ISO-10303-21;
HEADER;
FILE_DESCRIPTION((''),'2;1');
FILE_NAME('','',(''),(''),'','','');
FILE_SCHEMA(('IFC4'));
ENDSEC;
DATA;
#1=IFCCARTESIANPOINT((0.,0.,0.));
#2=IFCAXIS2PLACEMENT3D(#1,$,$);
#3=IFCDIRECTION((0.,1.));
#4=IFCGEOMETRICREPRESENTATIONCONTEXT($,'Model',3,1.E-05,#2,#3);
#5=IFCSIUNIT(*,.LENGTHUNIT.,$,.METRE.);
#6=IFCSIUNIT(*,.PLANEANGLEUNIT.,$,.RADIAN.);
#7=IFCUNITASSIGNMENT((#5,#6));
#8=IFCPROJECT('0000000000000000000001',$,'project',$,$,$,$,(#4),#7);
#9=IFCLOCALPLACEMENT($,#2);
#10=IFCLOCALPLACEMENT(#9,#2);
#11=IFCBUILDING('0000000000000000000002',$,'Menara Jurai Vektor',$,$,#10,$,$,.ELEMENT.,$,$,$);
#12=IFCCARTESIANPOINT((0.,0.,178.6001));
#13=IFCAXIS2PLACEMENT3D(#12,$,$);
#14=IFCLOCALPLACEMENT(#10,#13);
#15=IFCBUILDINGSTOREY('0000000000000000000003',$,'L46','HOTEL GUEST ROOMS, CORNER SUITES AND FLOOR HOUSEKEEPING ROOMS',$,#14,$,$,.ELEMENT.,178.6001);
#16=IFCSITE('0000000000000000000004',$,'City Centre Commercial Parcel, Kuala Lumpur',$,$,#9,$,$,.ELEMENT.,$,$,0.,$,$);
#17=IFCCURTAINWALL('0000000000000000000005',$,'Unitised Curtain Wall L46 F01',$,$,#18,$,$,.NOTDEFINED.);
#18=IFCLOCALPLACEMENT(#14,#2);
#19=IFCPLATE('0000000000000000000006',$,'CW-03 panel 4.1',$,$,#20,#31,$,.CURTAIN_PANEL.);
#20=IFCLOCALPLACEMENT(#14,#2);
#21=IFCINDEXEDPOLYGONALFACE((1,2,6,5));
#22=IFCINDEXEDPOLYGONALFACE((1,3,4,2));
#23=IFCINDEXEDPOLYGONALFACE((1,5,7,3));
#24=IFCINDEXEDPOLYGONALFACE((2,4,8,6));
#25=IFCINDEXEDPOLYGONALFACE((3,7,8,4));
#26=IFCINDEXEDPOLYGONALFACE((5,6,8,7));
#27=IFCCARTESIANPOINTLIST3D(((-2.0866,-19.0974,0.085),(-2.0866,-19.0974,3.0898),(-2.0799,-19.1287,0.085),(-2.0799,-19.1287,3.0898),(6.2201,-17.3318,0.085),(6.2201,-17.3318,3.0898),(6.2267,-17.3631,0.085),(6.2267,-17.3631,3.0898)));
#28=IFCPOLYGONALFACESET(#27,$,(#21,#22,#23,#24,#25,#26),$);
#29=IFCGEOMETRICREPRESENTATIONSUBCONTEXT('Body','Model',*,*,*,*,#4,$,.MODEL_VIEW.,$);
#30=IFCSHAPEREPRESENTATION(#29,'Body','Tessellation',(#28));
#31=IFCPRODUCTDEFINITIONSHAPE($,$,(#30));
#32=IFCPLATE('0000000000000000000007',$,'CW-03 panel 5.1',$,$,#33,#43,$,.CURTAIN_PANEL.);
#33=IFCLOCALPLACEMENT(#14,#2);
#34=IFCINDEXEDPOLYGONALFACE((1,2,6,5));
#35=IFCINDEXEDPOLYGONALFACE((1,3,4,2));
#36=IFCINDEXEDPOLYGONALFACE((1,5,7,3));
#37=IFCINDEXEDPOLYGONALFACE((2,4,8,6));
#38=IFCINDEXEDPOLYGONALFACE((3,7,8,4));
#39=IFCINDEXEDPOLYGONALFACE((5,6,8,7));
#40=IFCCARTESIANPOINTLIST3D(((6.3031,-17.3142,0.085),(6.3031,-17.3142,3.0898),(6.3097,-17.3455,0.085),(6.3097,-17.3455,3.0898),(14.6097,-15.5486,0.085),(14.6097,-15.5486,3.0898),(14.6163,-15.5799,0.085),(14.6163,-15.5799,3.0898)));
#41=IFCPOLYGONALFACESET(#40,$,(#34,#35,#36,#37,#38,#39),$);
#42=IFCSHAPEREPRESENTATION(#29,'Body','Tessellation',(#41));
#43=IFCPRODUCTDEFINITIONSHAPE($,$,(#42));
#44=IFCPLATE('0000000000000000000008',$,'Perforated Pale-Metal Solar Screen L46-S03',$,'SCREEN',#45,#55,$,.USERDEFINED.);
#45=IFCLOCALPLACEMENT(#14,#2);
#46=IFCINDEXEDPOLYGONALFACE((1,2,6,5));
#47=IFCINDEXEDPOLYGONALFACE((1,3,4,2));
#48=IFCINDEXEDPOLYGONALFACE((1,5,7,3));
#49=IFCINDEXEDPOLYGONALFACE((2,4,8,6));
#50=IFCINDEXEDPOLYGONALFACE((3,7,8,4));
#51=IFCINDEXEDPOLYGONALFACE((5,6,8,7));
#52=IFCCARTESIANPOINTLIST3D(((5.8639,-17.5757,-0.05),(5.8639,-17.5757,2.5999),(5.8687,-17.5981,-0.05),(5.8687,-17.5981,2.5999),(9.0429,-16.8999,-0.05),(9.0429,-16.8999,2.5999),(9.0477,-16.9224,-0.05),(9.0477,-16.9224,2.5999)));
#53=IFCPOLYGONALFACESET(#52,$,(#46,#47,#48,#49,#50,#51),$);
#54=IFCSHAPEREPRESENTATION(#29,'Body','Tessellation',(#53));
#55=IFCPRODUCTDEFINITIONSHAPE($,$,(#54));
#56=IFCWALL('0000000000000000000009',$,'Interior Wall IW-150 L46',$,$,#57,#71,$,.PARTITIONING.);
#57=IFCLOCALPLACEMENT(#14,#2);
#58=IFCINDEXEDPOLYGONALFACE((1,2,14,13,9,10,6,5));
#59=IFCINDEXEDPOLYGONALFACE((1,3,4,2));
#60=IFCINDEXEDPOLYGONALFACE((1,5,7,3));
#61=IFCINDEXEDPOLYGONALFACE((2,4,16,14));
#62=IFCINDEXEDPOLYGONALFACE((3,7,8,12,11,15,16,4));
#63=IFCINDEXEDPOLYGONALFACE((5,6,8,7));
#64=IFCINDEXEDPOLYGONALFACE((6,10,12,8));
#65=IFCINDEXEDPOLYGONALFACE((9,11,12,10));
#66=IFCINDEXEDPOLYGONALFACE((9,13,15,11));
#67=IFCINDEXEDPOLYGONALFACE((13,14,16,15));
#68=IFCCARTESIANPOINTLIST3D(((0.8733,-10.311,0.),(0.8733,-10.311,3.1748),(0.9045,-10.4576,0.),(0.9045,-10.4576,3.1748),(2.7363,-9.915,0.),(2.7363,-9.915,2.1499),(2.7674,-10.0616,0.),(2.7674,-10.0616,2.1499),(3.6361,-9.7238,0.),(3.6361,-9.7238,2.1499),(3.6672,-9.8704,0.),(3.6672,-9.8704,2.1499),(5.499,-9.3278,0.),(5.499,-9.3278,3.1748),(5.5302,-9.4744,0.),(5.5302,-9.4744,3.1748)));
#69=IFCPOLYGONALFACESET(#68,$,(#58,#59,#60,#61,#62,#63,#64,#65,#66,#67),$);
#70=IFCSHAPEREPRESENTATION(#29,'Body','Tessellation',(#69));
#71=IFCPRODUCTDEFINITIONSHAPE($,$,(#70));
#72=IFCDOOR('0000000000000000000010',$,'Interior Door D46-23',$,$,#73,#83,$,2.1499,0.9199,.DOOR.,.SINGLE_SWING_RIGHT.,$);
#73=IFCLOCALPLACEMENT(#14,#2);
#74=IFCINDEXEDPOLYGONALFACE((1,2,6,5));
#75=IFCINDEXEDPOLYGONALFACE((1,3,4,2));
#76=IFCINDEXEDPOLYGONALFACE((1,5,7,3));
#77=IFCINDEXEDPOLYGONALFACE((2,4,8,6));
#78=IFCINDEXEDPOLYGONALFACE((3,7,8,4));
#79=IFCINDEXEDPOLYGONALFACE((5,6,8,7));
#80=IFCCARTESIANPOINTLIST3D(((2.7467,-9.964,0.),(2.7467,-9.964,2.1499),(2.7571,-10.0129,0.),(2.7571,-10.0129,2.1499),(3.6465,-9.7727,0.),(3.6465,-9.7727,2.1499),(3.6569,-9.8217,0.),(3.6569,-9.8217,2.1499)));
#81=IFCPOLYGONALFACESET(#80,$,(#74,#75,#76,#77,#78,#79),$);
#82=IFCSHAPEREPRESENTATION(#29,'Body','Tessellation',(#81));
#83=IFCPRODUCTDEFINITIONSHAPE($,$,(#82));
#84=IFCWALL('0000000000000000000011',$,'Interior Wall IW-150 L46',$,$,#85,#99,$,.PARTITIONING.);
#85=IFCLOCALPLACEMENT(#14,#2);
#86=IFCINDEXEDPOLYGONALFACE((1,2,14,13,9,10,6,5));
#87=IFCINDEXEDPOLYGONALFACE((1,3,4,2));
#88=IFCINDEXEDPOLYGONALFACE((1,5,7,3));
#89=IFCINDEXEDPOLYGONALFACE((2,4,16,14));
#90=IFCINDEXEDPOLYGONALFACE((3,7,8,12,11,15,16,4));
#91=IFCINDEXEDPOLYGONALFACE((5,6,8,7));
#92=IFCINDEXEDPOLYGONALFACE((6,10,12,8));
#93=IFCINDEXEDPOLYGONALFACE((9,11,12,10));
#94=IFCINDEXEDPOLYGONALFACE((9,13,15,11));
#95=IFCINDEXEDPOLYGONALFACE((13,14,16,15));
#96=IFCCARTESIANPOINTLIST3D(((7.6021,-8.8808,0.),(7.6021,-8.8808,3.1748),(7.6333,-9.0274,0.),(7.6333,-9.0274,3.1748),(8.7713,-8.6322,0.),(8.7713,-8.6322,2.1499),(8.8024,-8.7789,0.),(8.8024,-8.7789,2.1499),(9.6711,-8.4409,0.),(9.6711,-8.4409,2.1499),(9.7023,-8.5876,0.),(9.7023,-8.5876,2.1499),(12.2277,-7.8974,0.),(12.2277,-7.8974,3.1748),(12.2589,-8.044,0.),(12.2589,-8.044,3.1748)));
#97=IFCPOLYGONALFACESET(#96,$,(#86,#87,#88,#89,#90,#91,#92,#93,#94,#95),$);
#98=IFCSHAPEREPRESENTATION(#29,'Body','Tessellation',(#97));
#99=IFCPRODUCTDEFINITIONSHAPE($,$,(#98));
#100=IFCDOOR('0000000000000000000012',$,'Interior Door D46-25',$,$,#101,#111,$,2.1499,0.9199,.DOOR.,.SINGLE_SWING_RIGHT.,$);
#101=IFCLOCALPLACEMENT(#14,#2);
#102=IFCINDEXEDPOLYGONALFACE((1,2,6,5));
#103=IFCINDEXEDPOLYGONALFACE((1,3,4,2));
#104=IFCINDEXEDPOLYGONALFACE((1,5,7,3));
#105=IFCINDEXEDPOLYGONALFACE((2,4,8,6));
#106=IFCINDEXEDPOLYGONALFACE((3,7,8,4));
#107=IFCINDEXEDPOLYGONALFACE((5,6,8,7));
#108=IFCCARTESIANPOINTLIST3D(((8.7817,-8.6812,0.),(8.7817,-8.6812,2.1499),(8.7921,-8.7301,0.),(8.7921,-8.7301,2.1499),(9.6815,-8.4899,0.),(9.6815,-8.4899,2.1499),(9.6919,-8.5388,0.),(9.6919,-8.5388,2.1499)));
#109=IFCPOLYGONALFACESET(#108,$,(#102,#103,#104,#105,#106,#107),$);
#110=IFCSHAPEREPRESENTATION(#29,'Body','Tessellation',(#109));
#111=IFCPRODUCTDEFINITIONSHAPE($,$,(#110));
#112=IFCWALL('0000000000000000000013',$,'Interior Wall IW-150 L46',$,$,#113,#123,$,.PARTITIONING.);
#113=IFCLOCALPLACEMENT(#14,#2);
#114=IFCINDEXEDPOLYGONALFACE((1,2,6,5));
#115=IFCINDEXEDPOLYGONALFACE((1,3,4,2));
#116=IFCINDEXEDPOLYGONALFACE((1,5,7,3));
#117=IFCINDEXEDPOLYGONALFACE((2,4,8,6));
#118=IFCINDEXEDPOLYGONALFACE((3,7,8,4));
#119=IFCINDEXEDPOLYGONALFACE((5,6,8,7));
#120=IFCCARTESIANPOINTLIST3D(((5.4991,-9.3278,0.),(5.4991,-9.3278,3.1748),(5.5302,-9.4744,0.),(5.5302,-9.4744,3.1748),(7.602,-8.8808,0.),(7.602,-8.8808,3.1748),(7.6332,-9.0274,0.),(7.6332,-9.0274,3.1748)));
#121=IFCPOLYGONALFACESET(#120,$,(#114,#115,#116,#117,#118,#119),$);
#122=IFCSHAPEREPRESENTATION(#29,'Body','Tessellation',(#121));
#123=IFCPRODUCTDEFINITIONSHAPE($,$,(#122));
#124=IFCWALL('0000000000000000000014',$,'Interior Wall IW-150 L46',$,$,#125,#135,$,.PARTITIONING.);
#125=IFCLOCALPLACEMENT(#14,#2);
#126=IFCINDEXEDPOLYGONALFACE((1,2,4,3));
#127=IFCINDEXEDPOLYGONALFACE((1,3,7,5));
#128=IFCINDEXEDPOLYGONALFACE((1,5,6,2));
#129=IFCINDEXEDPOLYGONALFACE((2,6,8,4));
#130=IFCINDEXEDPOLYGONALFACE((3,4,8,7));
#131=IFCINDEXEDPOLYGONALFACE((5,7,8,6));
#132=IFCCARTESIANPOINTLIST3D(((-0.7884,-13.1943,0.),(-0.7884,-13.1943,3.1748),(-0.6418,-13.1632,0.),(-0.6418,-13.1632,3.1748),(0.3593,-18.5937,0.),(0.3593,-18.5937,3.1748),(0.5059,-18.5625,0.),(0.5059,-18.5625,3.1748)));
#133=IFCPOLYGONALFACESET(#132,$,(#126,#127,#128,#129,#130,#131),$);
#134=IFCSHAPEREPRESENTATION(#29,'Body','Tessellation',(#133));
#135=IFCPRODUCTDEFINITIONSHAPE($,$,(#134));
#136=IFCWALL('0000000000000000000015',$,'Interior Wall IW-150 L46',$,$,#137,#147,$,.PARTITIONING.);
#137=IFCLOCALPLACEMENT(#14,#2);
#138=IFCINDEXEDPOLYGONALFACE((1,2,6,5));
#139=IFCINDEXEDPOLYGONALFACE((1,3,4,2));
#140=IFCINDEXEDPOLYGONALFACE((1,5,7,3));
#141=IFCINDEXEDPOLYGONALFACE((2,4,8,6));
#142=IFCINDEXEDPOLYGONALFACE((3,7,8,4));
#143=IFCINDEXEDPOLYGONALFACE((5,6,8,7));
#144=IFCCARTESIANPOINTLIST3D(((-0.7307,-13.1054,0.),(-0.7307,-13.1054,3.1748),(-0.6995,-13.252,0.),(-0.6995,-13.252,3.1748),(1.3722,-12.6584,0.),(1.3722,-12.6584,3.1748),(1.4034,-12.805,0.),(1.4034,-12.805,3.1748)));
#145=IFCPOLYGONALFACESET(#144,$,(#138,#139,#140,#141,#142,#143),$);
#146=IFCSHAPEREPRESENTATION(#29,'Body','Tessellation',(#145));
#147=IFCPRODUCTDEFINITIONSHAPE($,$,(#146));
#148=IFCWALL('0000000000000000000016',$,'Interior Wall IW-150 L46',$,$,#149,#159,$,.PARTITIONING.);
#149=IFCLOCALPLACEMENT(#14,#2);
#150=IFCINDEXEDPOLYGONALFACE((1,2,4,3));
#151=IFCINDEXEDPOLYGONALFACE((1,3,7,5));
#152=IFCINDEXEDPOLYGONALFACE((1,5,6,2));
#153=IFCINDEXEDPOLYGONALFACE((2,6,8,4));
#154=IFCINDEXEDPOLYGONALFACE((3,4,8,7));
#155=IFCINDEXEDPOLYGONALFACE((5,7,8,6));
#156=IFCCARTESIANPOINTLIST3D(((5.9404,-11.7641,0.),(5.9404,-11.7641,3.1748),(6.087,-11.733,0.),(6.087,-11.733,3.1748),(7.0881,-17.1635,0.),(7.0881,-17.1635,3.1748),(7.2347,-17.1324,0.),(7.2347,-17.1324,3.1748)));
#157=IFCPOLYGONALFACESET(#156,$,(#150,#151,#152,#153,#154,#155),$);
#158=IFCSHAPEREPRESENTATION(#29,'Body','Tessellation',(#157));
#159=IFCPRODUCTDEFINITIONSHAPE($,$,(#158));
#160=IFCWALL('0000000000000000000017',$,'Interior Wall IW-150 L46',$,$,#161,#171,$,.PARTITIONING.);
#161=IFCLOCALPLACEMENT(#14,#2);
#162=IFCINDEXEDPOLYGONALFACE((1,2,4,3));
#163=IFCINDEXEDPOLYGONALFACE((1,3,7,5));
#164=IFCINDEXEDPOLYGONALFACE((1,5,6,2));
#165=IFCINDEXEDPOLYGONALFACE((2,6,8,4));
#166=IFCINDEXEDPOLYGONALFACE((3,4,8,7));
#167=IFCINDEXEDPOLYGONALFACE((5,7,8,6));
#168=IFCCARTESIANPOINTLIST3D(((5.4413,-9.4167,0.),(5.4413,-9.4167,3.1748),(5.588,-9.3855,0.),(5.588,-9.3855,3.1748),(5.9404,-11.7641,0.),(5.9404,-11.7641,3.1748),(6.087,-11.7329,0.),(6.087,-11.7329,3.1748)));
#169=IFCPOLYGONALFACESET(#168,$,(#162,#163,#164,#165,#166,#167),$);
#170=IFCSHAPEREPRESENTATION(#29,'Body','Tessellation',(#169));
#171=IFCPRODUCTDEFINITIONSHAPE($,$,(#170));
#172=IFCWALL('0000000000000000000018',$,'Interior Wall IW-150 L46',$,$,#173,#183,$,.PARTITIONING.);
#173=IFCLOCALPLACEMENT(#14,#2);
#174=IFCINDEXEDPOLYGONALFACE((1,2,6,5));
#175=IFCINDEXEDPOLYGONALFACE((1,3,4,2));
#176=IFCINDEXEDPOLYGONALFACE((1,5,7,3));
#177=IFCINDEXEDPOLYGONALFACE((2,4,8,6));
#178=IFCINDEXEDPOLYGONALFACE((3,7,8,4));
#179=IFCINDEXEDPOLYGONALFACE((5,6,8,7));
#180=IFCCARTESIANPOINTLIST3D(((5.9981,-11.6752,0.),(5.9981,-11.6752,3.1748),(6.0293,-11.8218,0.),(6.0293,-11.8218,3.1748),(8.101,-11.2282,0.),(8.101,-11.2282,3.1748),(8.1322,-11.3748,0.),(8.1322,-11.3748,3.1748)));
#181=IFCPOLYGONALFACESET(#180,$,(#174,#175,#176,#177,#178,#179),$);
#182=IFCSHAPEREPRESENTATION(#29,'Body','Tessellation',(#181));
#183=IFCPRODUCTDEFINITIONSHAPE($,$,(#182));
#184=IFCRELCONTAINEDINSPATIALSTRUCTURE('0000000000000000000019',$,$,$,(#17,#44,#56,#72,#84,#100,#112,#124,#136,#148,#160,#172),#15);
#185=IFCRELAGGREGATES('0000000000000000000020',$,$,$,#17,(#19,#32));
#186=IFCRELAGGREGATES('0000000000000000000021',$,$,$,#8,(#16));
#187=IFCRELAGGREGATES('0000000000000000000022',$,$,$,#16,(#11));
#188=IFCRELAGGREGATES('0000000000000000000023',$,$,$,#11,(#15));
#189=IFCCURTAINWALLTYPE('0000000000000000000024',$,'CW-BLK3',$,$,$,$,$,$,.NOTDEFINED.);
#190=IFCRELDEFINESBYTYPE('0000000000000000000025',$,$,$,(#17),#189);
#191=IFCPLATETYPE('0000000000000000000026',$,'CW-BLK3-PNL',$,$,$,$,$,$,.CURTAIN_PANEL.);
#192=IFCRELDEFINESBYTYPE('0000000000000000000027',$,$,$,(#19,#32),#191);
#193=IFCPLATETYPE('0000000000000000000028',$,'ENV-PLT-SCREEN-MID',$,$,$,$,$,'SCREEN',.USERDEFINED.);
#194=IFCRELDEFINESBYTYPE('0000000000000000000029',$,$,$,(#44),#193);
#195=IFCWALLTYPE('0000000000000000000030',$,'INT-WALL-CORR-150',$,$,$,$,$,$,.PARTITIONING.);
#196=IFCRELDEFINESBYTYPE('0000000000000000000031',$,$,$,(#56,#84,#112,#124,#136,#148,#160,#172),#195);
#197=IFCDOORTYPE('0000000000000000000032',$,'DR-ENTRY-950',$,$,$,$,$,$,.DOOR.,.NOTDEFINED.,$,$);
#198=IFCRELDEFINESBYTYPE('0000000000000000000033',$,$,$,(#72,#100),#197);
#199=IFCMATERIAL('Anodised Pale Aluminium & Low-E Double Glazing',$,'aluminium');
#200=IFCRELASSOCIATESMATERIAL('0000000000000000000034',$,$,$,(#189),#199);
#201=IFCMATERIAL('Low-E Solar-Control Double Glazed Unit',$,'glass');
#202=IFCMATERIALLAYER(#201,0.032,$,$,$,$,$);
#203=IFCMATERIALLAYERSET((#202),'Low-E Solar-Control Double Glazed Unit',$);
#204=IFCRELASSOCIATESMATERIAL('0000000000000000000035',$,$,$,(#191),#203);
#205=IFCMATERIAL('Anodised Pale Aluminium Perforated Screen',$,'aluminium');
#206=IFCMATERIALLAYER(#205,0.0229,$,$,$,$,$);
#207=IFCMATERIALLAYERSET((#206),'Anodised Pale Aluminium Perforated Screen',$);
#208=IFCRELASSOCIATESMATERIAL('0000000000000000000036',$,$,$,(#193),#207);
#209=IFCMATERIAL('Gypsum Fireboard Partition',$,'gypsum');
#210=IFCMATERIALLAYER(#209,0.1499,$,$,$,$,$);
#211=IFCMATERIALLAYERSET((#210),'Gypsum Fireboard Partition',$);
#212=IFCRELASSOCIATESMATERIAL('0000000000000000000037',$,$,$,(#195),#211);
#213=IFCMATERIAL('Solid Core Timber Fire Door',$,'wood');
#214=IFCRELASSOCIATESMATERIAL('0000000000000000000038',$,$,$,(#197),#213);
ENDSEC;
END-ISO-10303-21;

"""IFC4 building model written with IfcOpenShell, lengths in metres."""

from ifc_helpers import new_model, si_unit, direction, frame, frame_2d, origin, origin_2d, place, context, subcontext, project, spatial, rectangle, extrude, material, layer, layer_set, type_object, element, fill, aggregate, save


model = new_model("IFC4")

# Units and contexts
model_context = context("Model", 3, precision=1e-05, world=origin(), true_north=direction((0.0, 1.0)))
body_context = subcontext(model_context, "Body", "Model", "MODEL_VIEW")
ifc_project = project(units=[si_unit("LENGTHUNIT", "METRE"), si_unit("PLANEANGLEUNIT", "RADIAN")], contexts=[model_context])

# Site, building, storey
site_placement = place(None, origin())
site = spatial("IfcSite", under=ifc_project, at=site_placement, Name="City Centre Commercial Parcel, Kuala Lumpur", CompositionType="ELEMENT", RefElevation=0.0)
building_placement = place(site_placement, origin())
building = spatial("IfcBuilding", under=site, at=building_placement, Name="Menara Jurai Vektor", CompositionType="ELEMENT")
storey_placement = place(building_placement, frame((0.0, 0.0, 178.6001)))
storey = spatial("IfcBuildingStorey", under=building, at=storey_placement, Name="L46", Description="HOTEL GUEST ROOMS, CORNER SUITES AND FLOOR HOUSEKEEPING ROOMS", CompositionType="ELEMENT", Elevation=178.6001)

# Curtain wall
ifc_material_1 = material(Name="Anodised Pale Aluminium & Low-E Double Glazing", Category="aluminium")
curtain_wall_type = type_object("IfcCurtainWallType", Name="CW-BLK3", PredefinedType="NOTDEFINED", material=ifc_material_1)
curtain_wall_placement = place(storey_placement, origin())
curtain_wall = element("IfcCurtainWall", 1, at=curtain_wall_placement, inside=storey, type_object=curtain_wall_type, Name="Unitised Curtain Wall L46 F01", PredefinedType="NOTDEFINED")

# Plates
ifc_material_2 = material(Name="Low-E Solar-Control Double Glazed Unit", Category="glass")
ifc_layer_1 = layer(ifc_material_2, 0.032)
ifc_layer_set_1 = layer_set([ifc_layer_1], Name="Low-E Solar-Control Double Glazed Unit")
plate_type_1 = type_object("IfcPlateType", Name="CW-BLK3-PNL", PredefinedType="CURTAIN_PANEL", material=ifc_layer_set_1)
plate_1_placement = place(storey_placement, frame((2.0701, -18.2302, 0.085), z_axis=(0.0, 0.0, 1.0), x_axis=(0.978148, 0.207911, 0.0)))
plate_1 = element("IfcPlate", 2, at=plate_1_placement, type_object=plate_type_1, Name="CW-03 panel 4.1", PredefinedType="CURTAIN_PANEL", context=body_context, shape_type="SweptSolid", body=[
    extrude(rectangle(XDim=8.4922, YDim=0.032, at=origin_2d()), origin(), (0.0, 0.0, 1.0), 3.0049),
])
plate_2_placement = place(storey_placement, frame((10.4597, -16.447, 0.085), z_axis=(0.0, 0.0, 1.0), x_axis=(0.978148, 0.207911, 0.0)))
plate_2 = element("IfcPlate", 3, at=plate_2_placement, type_object=plate_type_1, Name="CW-03 panel 5.1", PredefinedType="CURTAIN_PANEL", context=body_context, shape_type="SweptSolid", body=[
    extrude(rectangle(XDim=8.4922, YDim=0.032, at=origin_2d()), origin(), (0.0, 0.0, 1.0), 3.0049),
])
aggregate(curtain_wall, [plate_1, plate_2])
ifc_material_3 = material(Name="Anodised Pale Aluminium Perforated Screen", Category="aluminium")
ifc_layer_2 = layer(ifc_material_3, 0.0229)
ifc_layer_set_2 = layer_set([ifc_layer_2], Name="Anodised Pale Aluminium Perforated Screen")
plate_type_2 = type_object("IfcPlateType", Name="ENV-PLT-SCREEN-MID", ElementType="SCREEN", PredefinedType="USERDEFINED", material=ifc_layer_set_2)
plate_3_placement = place(storey_placement, frame((7.4558, -17.249, -0.05), z_axis=(0.0, 0.0, 1.0), x_axis=(0.978148, 0.207912, 0.0)))
element("IfcPlate", 4, at=plate_3_placement, inside=storey, type_object=plate_type_2, Name="Perforated Pale-Metal Solar Screen L46-S03", ObjectType="SCREEN", PredefinedType="USERDEFINED", context=body_context, shape_type="SweptSolid", body=[
    extrude(rectangle(XDim=3.25, YDim=0.0229, at=origin_2d()), origin(), (0.0, 0.0, 1.0), 2.6499),
])

# Walls, openings, doors
ifc_material_4 = material(Name="Gypsum Fireboard Partition", Category="gypsum")
ifc_layer_3 = layer(ifc_material_4, 0.1499)
ifc_layer_set_3 = layer_set([ifc_layer_3], Name="Gypsum Fireboard Partition")
wall_type_1 = type_object("IfcWallType", Name="INT-WALL-CORR-150", PredefinedType="PARTITIONING", material=ifc_layer_set_3)
wall_1_placement = place(storey_placement, frame((0.8889, -10.3843, 0.0), z_axis=(0.0, 0.0, 1.0), x_axis=(0.978151, 0.207896, 0.0)))
wall_1 = element("IfcWall", 5, at=wall_1_placement, inside=storey, type_object=wall_type_1, Name="Interior Wall IW-150 L46", PredefinedType="PARTITIONING", context=body_context, shape_type="SweptSolid", body=[
    extrude(rectangle(XDim=4.729, YDim=0.1499, at=frame_2d((2.3645, 0.0))), origin(), (0.0, 0.0, 1.0), 3.1748),
])
opening_1_placement = place(wall_1_placement, frame((1.9045, 0.0, 0.0)))
opening_1 = element("IfcOpeningElement", 6, at=opening_1_placement, cuts=wall_1, PredefinedType="OPENING", context=body_context, shape_type="SweptSolid", body=[
    extrude(rectangle(XDim=0.9199, YDim=2.1499, at=frame_2d((0.46, 1.075))), frame((0.0, 0.085, 0.0), z_axis=(0.0, -1.0, 0.0), x_axis=(1.0, 0.0, 0.0)), (0.0, 0.0, 1.0), 0.1699),
])
ifc_material_5 = material(Name="Solid Core Timber Fire Door", Category="wood")
door_type_1 = type_object("IfcDoorType", Name="DR-ENTRY-950", OperationType="NOTDEFINED", PredefinedType="DOOR", material=ifc_material_5)
door_1_placement = place(opening_1_placement, origin())
door_1 = element("IfcDoor", 7, at=door_1_placement, inside=storey, type_object=door_type_1, Name="Interior Door D46-23", OperationType="SINGLE_SWING_RIGHT", OverallHeight=2.1499, OverallWidth=0.9199, PredefinedType="DOOR", context=body_context, shape_type="SweptSolid", body=[
    extrude(rectangle(XDim=0.9199, YDim=2.1499, at=frame_2d((0.46, 1.075))), frame((0.0, 0.0249, 0.0), z_axis=(0.0, -1.0, 0.0), x_axis=(1.0, 0.0, 0.0)), (0.0, 0.0, 1.0), 0.05),
])
fill(opening_1, door_1)
wall_2_placement = place(storey_placement, frame((7.6177, -8.9541, 0.0), z_axis=(0.0, 0.0, 1.0), x_axis=(0.97814, 0.207946, 0.0)))
wall_2 = element("IfcWall", 8, at=wall_2_placement, inside=storey, type_object=wall_type_1, Name="Interior Wall IW-150 L46", PredefinedType="PARTITIONING", context=body_context, shape_type="SweptSolid", body=[
    extrude(rectangle(XDim=4.729, YDim=0.1499, at=frame_2d((2.3645, 0.0))), origin(), (0.0, 0.0, 1.0), 3.1748),
])
opening_2_placement = place(wall_2_placement, frame((1.1953, 0.0, 0.0)))
opening_2 = element("IfcOpeningElement", 9, at=opening_2_placement, cuts=wall_2, PredefinedType="OPENING", context=body_context, shape_type="SweptSolid", body=[
    extrude(rectangle(XDim=0.9199, YDim=2.1499, at=frame_2d((0.46, 1.075))), frame((0.0, 0.085, 0.0), z_axis=(0.0, -1.0, 0.0), x_axis=(1.0, 0.0, 0.0)), (0.0, 0.0, 1.0), 0.1699),
])
door_2_placement = place(opening_2_placement, origin())
door_2 = element("IfcDoor", 10, at=door_2_placement, inside=storey, type_object=door_type_1, Name="Interior Door D46-25", OperationType="SINGLE_SWING_RIGHT", OverallHeight=2.1499, OverallWidth=0.9199, PredefinedType="DOOR", context=body_context, shape_type="SweptSolid", body=[
    extrude(rectangle(XDim=0.9199, YDim=2.1499, at=frame_2d((0.46, 1.075))), frame((0.0, 0.0249, 0.0), z_axis=(0.0, -1.0, 0.0), x_axis=(1.0, 0.0, 0.0)), (0.0, 0.0, 1.0), 0.05),
])
fill(opening_2, door_2)

# Walls
wall_3_placement = place(storey_placement, frame((5.5146, -9.4011, 0.0), z_axis=(0.0, 0.0, 1.0), x_axis=(0.978147, 0.207916, 0.0)))
element("IfcWall", 11, at=wall_3_placement, inside=storey, type_object=wall_type_1, Name="Interior Wall IW-150 L46", PredefinedType="PARTITIONING", context=body_context, shape_type="SweptSolid", body=[
    extrude(rectangle(XDim=2.1499, YDim=0.1499, at=frame_2d((1.075, 0.0))), origin(), (0.0, 0.0, 1.0), 3.1748),
])
wall_4_placement = place(storey_placement, frame((0.4326, -18.5781, 0.0), z_axis=(0.0, 0.0, 1.0), x_axis=(-0.207916, 0.978147, 0.0)))
element("IfcWall", 12, at=wall_4_placement, inside=storey, type_object=wall_type_1, Name="Interior Wall IW-150 L46", PredefinedType="PARTITIONING", context=body_context, shape_type="SweptSolid", body=[
    extrude(rectangle(XDim=5.52, YDim=0.1499, at=frame_2d((2.76, 0.0))), origin(), (0.0, 0.0, 1.0), 3.1748),
])
wall_5_placement = place(storey_placement, frame((-0.7151, -13.1787, 0.0), z_axis=(0.0, 0.0, 1.0), x_axis=(0.978147, 0.207916, 0.0)))
element("IfcWall", 13, at=wall_5_placement, inside=storey, type_object=wall_type_1, Name="Interior Wall IW-150 L46", PredefinedType="PARTITIONING", context=body_context, shape_type="SweptSolid", body=[
    extrude(rectangle(XDim=2.1499, YDim=0.1499, at=frame_2d((1.075, 0.0))), origin(), (0.0, 0.0, 1.0), 3.1748),
])

# Walls
wall_6_placement = place(storey_placement, frame((7.1614, -17.1479, 0.0), z_axis=(0.0, 0.0, 1.0), x_axis=(-0.207916, 0.978147, 0.0)))
element("IfcWall", 14, at=wall_6_placement, inside=storey, type_object=wall_type_1, Name="Interior Wall IW-150 L46", PredefinedType="PARTITIONING", context=body_context, shape_type="SweptSolid", body=[
    extrude(rectangle(XDim=5.52, YDim=0.1499, at=frame_2d((2.76, 0.0))), origin(), (0.0, 0.0, 1.0), 3.1748),
])
wall_7_placement = place(storey_placement, frame((6.0137, -11.7485, 0.0), z_axis=(0.0, 0.0, 1.0), x_axis=(-0.207938, 0.978142, 0.0)))
element("IfcWall", 15, at=wall_7_placement, inside=storey, type_object=wall_type_1, Name="Interior Wall IW-150 L46", PredefinedType="PARTITIONING", context=body_context, shape_type="SweptSolid", body=[
    extrude(rectangle(XDim=2.3999, YDim=0.1499, at=frame_2d((1.2, 0.0))), origin(), (0.0, 0.0, 1.0), 3.1748),
])
wall_8_placement = place(storey_placement, frame((6.0137, -11.7485, 0.0), z_axis=(0.0, 0.0, 1.0), x_axis=(0.978147, 0.207916, 0.0)))
element("IfcWall", 16, at=wall_8_placement, inside=storey, type_object=wall_type_1, Name="Interior Wall IW-150 L46", PredefinedType="PARTITIONING", context=body_context, shape_type="SweptSolid", body=[
    extrude(rectangle(XDim=2.1499, YDim=0.1499, at=frame_2d((1.075, 0.0))), origin(), (0.0, 0.0, 1.0), 3.1748),
])

save(model, "model.ifc")
